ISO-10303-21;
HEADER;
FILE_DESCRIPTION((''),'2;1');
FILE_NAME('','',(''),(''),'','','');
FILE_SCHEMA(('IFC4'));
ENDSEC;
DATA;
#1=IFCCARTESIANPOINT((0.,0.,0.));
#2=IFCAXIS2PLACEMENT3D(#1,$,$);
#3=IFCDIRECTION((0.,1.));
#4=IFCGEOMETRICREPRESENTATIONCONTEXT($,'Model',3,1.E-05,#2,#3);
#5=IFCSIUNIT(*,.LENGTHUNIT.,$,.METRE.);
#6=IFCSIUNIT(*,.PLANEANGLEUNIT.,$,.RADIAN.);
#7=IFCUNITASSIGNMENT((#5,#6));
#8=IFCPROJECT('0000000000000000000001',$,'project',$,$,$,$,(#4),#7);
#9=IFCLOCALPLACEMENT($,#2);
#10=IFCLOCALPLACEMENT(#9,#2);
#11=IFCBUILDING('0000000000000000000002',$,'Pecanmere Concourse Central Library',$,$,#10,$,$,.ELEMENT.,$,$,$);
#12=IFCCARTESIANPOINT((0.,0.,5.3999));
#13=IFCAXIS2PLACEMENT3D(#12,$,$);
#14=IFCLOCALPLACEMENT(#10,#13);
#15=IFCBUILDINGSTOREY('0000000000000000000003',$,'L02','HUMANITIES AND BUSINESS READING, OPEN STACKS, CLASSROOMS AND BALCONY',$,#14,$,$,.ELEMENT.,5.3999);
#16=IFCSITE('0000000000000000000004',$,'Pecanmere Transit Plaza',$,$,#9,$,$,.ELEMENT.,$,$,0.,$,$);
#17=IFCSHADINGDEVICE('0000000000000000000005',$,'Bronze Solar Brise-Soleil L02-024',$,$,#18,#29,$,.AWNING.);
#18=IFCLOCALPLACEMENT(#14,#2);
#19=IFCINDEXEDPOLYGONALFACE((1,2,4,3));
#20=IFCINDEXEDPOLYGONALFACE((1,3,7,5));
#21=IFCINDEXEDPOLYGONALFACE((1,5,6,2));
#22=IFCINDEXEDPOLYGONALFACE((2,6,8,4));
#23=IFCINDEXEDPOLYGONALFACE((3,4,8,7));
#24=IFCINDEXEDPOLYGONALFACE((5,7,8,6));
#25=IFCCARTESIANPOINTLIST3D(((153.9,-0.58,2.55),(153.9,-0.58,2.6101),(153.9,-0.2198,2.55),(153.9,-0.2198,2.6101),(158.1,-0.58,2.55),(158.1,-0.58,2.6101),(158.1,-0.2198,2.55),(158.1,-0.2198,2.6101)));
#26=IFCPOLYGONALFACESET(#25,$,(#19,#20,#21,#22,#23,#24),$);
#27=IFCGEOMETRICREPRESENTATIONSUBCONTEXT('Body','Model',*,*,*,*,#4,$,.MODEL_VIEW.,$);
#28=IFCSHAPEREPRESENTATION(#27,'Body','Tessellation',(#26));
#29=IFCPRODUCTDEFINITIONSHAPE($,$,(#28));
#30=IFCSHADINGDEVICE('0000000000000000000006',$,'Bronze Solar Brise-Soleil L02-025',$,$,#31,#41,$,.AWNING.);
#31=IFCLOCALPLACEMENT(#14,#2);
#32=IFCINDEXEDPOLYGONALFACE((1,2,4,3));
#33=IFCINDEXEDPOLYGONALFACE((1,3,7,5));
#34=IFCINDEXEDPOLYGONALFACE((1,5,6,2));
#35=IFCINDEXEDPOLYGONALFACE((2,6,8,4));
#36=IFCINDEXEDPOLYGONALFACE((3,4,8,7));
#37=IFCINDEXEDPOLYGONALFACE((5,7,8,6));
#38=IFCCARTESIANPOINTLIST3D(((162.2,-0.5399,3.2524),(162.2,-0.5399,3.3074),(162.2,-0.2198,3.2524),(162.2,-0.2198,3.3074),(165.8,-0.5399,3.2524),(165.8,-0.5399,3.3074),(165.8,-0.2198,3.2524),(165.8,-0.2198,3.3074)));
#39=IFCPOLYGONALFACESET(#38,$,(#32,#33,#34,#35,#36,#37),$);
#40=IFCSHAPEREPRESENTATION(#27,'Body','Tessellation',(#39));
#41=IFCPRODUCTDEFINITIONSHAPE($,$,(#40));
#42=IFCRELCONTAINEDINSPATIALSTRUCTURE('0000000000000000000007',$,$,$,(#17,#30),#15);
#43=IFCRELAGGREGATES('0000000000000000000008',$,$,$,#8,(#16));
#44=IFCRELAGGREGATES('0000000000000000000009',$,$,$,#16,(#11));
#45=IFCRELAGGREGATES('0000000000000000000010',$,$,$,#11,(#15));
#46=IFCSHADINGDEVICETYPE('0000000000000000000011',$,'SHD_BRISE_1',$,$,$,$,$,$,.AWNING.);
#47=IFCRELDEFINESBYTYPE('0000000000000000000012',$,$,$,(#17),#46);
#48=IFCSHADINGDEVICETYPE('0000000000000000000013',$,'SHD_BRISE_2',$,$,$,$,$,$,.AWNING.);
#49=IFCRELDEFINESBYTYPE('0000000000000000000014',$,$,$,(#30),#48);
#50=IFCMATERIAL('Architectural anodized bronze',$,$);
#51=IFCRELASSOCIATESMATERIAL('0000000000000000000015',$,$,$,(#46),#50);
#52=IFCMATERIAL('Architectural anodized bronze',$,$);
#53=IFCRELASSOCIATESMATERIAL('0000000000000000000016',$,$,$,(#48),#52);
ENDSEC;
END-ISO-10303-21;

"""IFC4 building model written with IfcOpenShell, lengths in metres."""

from ifc_helpers import new_model, si_unit, direction, frame, origin, origin_2d, place, context, subcontext, project, spatial, rectangle, extrude, material, type_object, element, save


model = new_model("IFC4")

# Units and contexts
model_context = context("Model", 3, precision=1e-05, world=origin(), true_north=direction((0.0, 1.0)))
body_context = subcontext(model_context, "Body", "Model", "MODEL_VIEW")
ifc_project = project(units=[si_unit("LENGTHUNIT", "METRE"), si_unit("PLANEANGLEUNIT", "RADIAN")], contexts=[model_context])

# Site, building, storey
site_placement = place(None, origin())
site = spatial("IfcSite", under=ifc_project, at=site_placement, Name="Pecanmere Transit Plaza", CompositionType="ELEMENT", RefElevation=0.0)
building_placement = place(site_placement, origin())
building = spatial("IfcBuilding", under=site, at=building_placement, Name="Pecanmere Concourse Central Library", CompositionType="ELEMENT")
storey_placement = place(building_placement, frame((0.0, 0.0, 5.3999)))
storey = spatial("IfcBuildingStorey", under=building, at=storey_placement, Name="L02", Description="HUMANITIES AND BUSINESS READING, OPEN STACKS, CLASSROOMS AND BALCONY", CompositionType="ELEMENT", Elevation=5.3999)

# Shading devices
ifc_material_1 = material(Name="Architectural anodized bronze")
shading_device_type_1 = type_object("IfcShadingDeviceType", Name="SHD_BRISE_1", PredefinedType="AWNING", material=ifc_material_1)
shading_device_1_placement = place(storey_placement, frame((156.0, -0.3999, 2.55), z_axis=(0.0, 0.0, 1.0), x_axis=(1.0, 0.0, 0.0)))
element("IfcShadingDevice", 1, at=shading_device_1_placement, inside=storey, type_object=shading_device_type_1, Name="Bronze Solar Brise-Soleil L02-024", PredefinedType="AWNING", context=body_context, shape_type="SweptSolid", body=[
    extrude(rectangle(XDim=4.2, YDim=0.3601, at=origin_2d()), origin(), (0.0, 0.0, 1.0), 0.0601),
])
ifc_material_2 = material(Name="Architectural anodized bronze")
shading_device_type_2 = type_object("IfcShadingDeviceType", Name="SHD_BRISE_2", PredefinedType="AWNING", material=ifc_material_2)
shading_device_2_placement = place(storey_placement, frame((164.0, -0.3799, 3.2524), z_axis=(0.0, 0.0, 1.0), x_axis=(1.0, 0.0, 0.0)))
element("IfcShadingDevice", 2, at=shading_device_2_placement, inside=storey, type_object=shading_device_type_2, Name="Bronze Solar Brise-Soleil L02-025", PredefinedType="AWNING", context=body_context, shape_type="SweptSolid", body=[
    extrude(rectangle(XDim=3.6001, YDim=0.3201, at=origin_2d()), origin(), (0.0, 0.0, 1.0), 0.0549),
])

save(model, "model.ifc")
